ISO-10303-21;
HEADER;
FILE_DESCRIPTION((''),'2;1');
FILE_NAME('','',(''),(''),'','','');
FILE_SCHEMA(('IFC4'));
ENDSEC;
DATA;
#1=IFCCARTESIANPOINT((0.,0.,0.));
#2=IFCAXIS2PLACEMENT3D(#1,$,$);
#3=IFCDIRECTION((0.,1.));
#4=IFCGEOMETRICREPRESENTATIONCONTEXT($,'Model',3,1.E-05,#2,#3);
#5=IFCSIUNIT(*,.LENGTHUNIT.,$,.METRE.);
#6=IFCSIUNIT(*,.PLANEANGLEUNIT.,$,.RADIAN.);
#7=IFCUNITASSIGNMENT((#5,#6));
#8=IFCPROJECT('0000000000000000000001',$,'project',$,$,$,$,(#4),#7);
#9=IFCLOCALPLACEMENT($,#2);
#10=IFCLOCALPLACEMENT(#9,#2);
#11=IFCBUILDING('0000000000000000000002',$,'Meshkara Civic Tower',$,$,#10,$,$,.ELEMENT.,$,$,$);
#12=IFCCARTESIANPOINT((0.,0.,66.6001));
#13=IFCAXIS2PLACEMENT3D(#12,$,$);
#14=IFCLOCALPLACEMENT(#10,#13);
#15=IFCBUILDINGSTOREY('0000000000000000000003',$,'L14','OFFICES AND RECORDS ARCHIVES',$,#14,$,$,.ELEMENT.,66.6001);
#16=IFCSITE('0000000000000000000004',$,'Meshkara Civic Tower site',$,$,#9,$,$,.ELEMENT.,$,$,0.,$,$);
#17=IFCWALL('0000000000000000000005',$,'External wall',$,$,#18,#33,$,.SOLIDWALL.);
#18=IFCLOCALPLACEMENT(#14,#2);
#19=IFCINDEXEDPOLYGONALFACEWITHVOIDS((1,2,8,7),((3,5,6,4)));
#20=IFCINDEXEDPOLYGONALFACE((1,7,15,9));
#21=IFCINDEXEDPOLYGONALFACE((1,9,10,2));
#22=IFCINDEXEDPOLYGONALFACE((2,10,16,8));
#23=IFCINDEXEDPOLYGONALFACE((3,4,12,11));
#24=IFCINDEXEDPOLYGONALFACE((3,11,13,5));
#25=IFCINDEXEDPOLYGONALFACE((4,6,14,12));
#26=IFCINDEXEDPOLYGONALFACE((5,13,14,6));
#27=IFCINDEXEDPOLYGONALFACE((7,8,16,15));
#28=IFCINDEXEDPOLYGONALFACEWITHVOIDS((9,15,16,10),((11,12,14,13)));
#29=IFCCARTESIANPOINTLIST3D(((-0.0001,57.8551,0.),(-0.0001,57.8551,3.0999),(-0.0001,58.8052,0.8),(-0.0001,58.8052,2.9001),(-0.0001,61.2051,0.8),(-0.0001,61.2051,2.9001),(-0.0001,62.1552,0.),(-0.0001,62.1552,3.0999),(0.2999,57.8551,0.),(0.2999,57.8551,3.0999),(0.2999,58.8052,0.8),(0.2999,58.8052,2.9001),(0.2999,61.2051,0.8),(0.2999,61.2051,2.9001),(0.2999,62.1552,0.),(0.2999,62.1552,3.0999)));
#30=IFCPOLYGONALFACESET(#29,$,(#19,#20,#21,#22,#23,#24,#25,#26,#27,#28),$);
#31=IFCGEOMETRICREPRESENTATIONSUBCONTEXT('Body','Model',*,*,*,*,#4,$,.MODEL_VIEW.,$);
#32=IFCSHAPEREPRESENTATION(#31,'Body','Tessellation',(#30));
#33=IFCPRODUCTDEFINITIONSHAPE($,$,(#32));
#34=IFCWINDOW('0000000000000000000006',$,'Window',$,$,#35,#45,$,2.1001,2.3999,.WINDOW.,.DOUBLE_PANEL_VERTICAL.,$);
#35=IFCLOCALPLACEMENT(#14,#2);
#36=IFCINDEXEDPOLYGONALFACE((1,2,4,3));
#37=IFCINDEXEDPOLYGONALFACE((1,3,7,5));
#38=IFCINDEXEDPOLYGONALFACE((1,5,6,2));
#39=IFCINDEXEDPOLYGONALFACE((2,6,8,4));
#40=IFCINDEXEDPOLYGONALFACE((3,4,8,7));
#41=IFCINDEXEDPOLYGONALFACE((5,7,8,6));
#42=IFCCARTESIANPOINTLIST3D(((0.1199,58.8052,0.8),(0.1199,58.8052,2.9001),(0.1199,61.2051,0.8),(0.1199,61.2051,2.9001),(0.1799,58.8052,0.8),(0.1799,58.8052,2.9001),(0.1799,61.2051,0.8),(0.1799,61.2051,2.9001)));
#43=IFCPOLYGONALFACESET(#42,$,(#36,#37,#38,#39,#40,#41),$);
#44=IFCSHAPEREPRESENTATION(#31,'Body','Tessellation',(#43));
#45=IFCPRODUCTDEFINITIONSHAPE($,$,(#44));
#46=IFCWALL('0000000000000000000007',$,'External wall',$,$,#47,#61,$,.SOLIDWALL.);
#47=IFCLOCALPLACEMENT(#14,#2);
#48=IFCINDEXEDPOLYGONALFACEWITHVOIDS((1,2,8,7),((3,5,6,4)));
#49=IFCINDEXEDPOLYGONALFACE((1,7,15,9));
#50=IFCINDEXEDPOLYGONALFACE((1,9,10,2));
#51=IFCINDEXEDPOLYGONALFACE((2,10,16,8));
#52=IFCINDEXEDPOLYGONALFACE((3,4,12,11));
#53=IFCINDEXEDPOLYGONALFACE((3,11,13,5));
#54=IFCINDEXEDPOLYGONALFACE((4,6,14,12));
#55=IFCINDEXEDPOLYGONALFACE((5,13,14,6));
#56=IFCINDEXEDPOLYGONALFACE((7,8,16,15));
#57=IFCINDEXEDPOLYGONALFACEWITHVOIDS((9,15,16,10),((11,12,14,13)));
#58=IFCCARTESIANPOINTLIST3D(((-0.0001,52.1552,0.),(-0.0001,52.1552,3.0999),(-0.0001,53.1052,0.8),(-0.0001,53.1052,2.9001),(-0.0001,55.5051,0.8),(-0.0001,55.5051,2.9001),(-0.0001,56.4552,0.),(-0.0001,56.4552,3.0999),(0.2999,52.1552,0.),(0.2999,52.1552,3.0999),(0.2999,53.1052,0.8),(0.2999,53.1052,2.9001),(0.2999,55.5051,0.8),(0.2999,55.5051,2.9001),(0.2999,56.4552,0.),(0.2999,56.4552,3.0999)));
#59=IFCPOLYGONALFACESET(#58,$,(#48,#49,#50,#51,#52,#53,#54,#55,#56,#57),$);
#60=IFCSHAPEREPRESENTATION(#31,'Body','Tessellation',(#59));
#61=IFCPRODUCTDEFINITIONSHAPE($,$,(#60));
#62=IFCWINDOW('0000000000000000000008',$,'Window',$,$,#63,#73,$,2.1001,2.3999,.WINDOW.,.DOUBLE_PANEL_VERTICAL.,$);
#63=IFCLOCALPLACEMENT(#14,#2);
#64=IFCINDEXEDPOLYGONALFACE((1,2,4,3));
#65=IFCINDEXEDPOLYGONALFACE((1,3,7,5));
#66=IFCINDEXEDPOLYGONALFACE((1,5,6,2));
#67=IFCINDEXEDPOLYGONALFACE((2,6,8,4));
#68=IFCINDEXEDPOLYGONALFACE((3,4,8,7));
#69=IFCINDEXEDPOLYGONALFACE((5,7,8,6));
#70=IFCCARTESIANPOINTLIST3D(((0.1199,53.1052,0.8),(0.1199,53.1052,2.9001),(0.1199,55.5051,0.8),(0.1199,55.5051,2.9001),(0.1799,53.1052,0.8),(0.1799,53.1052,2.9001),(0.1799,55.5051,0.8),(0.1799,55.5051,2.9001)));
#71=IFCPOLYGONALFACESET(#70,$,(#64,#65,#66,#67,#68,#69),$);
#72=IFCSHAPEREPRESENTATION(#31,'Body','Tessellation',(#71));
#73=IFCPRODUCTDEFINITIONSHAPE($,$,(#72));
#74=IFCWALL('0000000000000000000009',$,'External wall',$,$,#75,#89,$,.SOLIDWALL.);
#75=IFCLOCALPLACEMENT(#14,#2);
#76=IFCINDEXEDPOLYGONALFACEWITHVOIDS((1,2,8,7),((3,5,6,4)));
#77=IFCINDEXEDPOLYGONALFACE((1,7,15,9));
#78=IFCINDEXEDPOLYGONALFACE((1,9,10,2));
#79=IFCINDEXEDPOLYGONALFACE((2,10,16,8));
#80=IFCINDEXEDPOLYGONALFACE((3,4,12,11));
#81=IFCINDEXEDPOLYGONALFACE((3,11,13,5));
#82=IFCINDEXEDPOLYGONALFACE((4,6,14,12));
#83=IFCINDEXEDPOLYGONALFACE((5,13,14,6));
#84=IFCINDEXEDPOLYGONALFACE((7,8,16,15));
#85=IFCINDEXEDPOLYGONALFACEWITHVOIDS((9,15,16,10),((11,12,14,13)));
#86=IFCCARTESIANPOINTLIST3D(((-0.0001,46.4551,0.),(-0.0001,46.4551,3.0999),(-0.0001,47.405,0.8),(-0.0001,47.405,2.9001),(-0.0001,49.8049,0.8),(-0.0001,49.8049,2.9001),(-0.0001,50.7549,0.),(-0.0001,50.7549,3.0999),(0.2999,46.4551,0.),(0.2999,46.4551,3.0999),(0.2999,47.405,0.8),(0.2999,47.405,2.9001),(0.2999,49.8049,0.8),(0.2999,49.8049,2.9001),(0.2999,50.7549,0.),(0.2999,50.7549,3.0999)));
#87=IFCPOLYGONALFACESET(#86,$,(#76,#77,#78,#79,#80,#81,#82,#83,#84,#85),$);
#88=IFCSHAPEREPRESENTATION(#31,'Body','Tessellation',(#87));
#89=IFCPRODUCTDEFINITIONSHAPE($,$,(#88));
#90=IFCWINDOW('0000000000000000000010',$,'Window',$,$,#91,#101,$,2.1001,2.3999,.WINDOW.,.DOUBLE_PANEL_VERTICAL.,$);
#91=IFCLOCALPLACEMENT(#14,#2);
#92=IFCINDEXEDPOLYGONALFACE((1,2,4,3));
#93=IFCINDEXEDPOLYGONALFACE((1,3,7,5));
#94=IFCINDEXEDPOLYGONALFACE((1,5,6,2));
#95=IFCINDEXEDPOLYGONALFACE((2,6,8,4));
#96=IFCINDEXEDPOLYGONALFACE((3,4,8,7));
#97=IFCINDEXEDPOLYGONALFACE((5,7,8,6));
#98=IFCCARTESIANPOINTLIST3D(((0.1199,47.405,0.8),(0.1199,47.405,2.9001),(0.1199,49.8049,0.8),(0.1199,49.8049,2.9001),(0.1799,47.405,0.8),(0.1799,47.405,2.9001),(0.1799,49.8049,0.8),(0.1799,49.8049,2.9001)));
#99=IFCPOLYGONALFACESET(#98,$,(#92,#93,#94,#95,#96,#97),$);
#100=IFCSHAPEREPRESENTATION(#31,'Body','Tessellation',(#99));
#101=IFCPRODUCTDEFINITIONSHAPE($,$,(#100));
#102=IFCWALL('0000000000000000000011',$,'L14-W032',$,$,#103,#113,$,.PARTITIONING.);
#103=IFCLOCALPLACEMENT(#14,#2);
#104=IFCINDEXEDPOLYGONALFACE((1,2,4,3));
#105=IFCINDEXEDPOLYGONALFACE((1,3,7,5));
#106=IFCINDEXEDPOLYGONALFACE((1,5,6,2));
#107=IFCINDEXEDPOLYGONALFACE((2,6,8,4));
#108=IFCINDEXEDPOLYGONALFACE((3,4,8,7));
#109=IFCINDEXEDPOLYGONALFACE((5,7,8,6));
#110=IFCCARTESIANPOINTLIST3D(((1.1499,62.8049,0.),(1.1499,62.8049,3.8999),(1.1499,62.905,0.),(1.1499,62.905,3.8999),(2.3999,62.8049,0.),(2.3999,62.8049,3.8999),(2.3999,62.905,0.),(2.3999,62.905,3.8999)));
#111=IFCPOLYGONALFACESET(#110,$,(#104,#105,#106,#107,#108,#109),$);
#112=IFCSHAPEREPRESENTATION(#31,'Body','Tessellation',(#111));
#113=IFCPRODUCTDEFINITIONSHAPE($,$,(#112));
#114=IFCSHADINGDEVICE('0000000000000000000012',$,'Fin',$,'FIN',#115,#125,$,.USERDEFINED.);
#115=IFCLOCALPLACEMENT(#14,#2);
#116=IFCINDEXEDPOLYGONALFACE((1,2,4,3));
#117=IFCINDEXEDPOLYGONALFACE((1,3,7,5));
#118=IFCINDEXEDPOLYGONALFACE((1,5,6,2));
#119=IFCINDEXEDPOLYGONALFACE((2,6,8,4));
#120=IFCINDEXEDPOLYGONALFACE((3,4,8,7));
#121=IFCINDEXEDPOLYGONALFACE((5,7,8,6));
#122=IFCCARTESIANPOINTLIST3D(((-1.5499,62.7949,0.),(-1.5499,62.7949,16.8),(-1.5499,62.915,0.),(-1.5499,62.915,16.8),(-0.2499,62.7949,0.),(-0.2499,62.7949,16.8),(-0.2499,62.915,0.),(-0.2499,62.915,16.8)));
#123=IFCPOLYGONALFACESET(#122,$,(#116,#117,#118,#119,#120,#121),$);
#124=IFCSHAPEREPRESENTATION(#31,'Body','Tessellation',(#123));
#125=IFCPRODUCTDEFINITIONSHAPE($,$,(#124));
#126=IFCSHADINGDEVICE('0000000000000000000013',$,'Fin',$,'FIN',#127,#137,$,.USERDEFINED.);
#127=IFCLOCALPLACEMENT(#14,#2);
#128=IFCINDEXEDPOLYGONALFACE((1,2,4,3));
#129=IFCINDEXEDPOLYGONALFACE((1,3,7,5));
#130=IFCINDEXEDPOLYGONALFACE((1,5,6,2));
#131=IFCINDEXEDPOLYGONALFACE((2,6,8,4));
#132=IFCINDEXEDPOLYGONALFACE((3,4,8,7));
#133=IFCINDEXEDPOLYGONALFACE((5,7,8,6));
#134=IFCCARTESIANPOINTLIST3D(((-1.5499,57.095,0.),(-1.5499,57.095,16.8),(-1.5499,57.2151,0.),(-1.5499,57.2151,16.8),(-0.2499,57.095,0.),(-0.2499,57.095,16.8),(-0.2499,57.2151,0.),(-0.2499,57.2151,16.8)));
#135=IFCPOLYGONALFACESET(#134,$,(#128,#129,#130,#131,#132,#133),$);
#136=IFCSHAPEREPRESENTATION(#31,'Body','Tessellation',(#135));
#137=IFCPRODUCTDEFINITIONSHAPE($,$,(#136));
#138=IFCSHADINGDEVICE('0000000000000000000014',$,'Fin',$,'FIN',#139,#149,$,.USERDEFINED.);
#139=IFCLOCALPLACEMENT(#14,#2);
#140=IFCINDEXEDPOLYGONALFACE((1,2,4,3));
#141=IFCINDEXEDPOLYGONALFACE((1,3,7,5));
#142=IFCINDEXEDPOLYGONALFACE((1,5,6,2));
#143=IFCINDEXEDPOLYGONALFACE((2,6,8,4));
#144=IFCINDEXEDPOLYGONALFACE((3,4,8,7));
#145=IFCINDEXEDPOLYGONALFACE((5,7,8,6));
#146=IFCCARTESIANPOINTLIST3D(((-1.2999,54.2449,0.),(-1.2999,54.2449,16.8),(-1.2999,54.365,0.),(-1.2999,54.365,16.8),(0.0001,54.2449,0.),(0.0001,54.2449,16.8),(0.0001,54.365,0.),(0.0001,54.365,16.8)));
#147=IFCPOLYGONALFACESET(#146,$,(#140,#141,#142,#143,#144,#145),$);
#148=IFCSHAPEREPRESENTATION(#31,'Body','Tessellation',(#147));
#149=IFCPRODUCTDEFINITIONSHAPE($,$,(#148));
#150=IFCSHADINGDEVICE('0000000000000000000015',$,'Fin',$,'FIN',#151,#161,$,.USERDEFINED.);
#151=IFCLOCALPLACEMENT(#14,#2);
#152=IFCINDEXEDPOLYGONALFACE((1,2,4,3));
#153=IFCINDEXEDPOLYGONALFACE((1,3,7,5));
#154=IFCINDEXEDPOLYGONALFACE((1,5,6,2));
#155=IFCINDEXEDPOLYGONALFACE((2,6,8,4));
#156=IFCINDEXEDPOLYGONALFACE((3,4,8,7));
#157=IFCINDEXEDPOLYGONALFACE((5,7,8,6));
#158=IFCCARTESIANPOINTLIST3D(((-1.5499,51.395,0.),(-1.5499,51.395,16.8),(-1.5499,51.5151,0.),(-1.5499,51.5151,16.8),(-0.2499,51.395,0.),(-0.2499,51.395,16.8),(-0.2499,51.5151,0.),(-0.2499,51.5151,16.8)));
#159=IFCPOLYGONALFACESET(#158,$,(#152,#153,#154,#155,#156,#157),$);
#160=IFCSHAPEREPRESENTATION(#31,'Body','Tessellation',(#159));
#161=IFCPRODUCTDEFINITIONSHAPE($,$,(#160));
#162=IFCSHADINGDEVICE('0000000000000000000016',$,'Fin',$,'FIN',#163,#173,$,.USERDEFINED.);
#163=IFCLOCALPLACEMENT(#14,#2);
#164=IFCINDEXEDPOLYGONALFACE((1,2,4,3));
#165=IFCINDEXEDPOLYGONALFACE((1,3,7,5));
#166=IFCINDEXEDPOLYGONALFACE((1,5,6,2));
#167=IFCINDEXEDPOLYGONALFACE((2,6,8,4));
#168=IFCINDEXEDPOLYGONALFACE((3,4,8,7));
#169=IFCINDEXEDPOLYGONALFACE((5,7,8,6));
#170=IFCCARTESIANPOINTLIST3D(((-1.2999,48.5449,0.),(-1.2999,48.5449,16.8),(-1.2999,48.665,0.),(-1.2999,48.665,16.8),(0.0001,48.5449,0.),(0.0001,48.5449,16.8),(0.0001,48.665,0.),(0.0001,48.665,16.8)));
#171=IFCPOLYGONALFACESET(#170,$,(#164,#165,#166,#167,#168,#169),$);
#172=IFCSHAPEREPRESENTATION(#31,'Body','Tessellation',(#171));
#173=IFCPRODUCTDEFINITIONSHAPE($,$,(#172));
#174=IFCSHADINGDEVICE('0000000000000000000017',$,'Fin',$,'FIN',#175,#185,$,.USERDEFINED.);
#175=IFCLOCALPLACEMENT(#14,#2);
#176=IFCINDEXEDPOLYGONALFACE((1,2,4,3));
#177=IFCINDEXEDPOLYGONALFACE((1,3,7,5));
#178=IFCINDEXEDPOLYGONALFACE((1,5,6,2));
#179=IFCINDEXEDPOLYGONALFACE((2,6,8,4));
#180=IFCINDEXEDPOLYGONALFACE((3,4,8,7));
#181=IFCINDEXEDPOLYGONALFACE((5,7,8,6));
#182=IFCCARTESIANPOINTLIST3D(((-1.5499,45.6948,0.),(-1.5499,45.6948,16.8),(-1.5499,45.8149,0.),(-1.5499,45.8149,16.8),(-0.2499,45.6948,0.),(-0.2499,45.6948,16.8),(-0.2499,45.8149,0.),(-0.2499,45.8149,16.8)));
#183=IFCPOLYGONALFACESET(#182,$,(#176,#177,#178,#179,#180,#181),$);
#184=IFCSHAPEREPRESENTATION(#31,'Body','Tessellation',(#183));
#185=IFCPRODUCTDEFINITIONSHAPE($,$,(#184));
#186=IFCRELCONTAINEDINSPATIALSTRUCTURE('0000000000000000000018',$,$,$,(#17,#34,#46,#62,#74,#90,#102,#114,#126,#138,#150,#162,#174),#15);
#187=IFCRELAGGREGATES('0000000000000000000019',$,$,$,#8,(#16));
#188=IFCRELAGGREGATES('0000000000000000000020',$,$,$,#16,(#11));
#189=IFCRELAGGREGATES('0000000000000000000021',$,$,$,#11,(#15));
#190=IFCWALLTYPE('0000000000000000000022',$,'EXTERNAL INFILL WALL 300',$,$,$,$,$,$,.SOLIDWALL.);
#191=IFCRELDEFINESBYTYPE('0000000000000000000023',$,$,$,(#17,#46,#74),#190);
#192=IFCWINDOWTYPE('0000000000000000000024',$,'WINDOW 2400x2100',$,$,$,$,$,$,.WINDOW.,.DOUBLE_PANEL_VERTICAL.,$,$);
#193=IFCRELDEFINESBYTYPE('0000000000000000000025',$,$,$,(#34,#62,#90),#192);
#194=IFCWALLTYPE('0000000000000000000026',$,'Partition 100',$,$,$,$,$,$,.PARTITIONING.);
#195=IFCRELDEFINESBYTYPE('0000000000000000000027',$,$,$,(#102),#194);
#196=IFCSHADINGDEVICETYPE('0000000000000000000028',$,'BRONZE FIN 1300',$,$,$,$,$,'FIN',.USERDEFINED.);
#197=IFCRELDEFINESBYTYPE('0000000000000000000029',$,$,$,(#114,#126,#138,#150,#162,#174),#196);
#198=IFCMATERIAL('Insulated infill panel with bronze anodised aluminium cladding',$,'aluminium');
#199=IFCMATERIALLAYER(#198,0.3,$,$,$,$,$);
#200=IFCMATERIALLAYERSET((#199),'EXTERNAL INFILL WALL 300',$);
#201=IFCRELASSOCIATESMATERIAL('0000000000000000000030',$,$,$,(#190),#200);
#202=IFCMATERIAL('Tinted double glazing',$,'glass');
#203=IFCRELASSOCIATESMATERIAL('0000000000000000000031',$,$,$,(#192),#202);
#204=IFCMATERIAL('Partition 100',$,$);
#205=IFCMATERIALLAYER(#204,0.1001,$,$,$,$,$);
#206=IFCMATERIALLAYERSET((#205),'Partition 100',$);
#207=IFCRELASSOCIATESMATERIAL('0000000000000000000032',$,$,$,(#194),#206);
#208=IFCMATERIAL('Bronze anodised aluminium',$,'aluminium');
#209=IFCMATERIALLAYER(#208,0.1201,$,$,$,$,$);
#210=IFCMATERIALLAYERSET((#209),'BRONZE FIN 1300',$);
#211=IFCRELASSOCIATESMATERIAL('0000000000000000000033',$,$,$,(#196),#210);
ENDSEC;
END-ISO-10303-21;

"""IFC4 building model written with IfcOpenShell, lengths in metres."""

from ifc_helpers import new_model, si_unit, direction, frame, frame_2d, origin, origin_2d, place, context, subcontext, project, spatial, rectangle, extrude, material, layer, layer_set, type_object, element, fill, save


model = new_model("IFC4")

# Units and contexts
model_context = context("Model", 3, precision=1e-05, world=origin(), true_north=direction((0.0, 1.0)))
body_context = subcontext(model_context, "Body", "Model", "MODEL_VIEW")
ifc_project = project(units=[si_unit("LENGTHUNIT", "METRE"), si_unit("PLANEANGLEUNIT", "RADIAN")], contexts=[model_context])

# Site, building, storey
site_placement = place(None, origin())
site = spatial("IfcSite", under=ifc_project, at=site_placement, Name="Meshkara Civic Tower site", CompositionType="ELEMENT", RefElevation=0.0)
building_placement = place(site_placement, origin())
building = spatial("IfcBuilding", under=site, at=building_placement, Name="Meshkara Civic Tower", CompositionType="ELEMENT")
storey_placement = place(building_placement, frame((0.0, 0.0, 66.6001)))
storey = spatial("IfcBuildingStorey", under=building, at=storey_placement, Name="L14", Description="OFFICES AND RECORDS ARCHIVES", CompositionType="ELEMENT", Elevation=66.6001)

# Walls, openings, windows
ifc_material_1 = material(Name="Insulated infill panel with bronze anodised aluminium cladding", Category="aluminium")
ifc_layer_1 = layer(ifc_material_1, 0.3)
ifc_layer_set_1 = layer_set([ifc_layer_1], Name="EXTERNAL INFILL WALL 300")
wall_type_1 = type_object("IfcWallType", Name="EXTERNAL INFILL WALL 300", PredefinedType="SOLIDWALL", material=ifc_layer_set_1)
wall_1_placement = place(storey_placement, frame((0.1499, 62.155, 0.0), z_axis=(0.0, 0.0, 1.0), x_axis=(0.0, -1.0, 0.0)))
wall_1 = element("IfcWall", 1, at=wall_1_placement, inside=storey, type_object=wall_type_1, Name="External wall", PredefinedType="SOLIDWALL", context=body_context, shape_type="SweptSolid", body=[
    extrude(rectangle(XDim=4.3, YDim=0.3, at=frame_2d((2.1499, 0.0))), origin(), (0.0, 0.0, 1.0), 3.0999),
])
opening_1_placement = place(wall_1_placement, frame((0.95, 0.0, 0.8)))
opening_1 = element("IfcOpeningElement", 2, at=opening_1_placement, cuts=wall_1, PredefinedType="OPENING", context=body_context, shape_type="SweptSolid", body=[
    extrude(rectangle(XDim=2.3999, YDim=2.1001, at=frame_2d((1.2, 1.05))), frame((0.0, 0.1599, 0.0), z_axis=(0.0, -1.0, 0.0), x_axis=(1.0, 0.0, 0.0)), (0.0, 0.0, 1.0), 0.3201),
])
ifc_material_2 = material(Name="Tinted double glazing", Category="glass")
window_type = type_object("IfcWindowType", Name="WINDOW 2400x2100", PartitioningType="DOUBLE_PANEL_VERTICAL", PredefinedType="WINDOW", material=ifc_material_2)
window_1_placement = place(opening_1_placement, origin())
window_1 = element("IfcWindow", 3, at=window_1_placement, inside=storey, type_object=window_type, Name="Window", OverallHeight=2.1001, OverallWidth=2.3999, PartitioningType="DOUBLE_PANEL_VERTICAL", PredefinedType="WINDOW", context=body_context, shape_type="SweptSolid", body=[
    extrude(rectangle(XDim=2.3999, YDim=2.1001, at=frame_2d((1.2, 1.05))), frame((0.0, 0.03, 0.0), z_axis=(0.0, -1.0, 0.0), x_axis=(1.0, 0.0, 0.0)), (0.0, 0.0, 1.0), 0.0601),
])
fill(opening_1, window_1)
wall_2_placement = place(storey_placement, frame((0.1499, 56.4551, 0.0), z_axis=(0.0, 0.0, 1.0), x_axis=(0.0, -1.0, 0.0)))
wall_2 = element("IfcWall", 4, at=wall_2_placement, inside=storey, type_object=wall_type_1, Name="External wall", PredefinedType="SOLIDWALL", context=body_context, shape_type="SweptSolid", body=[
    extrude(rectangle(XDim=4.3, YDim=0.3, at=frame_2d((2.1499, 0.0))), origin(), (0.0, 0.0, 1.0), 3.0999),
])
opening_2_placement = place(wall_2_placement, frame((0.95, 0.0, 0.8)))
opening_2 = element("IfcOpeningElement", 5, at=opening_2_placement, cuts=wall_2, PredefinedType="OPENING", context=body_context, shape_type="SweptSolid", body=[
    extrude(rectangle(XDim=2.3999, YDim=2.1001, at=frame_2d((1.2, 1.05))), frame((0.0, 0.1599, 0.0), z_axis=(0.0, -1.0, 0.0), x_axis=(1.0, 0.0, 0.0)), (0.0, 0.0, 1.0), 0.3201),
])
window_2_placement = place(opening_2_placement, origin())
window_2 = element("IfcWindow", 6, at=window_2_placement, inside=storey, type_object=window_type, Name="Window", OverallHeight=2.1001, OverallWidth=2.3999, PartitioningType="DOUBLE_PANEL_VERTICAL", PredefinedType="WINDOW", context=body_context, shape_type="SweptSolid", body=[
    extrude(rectangle(XDim=2.3999, YDim=2.1001, at=frame_2d((1.2, 1.05))), frame((0.0, 0.03, 0.0), z_axis=(0.0, -1.0, 0.0), x_axis=(1.0, 0.0, 0.0)), (0.0, 0.0, 1.0), 0.0601),
])
fill(opening_2, window_2)
wall_3_placement = place(storey_placement, frame((0.1499, 50.7549, 0.0), z_axis=(0.0, 0.0, 1.0), x_axis=(0.0, -1.0, 0.0)))
wall_3 = element("IfcWall", 7, at=wall_3_placement, inside=storey, type_object=wall_type_1, Name="External wall", PredefinedType="SOLIDWALL", context=body_context, shape_type="SweptSolid", body=[
    extrude(rectangle(XDim=4.2998, YDim=0.3, at=frame_2d((2.1499, 0.0))), origin(), (0.0, 0.0, 1.0), 3.0999),
])
opening_3_placement = place(wall_3_placement, frame((0.95, 0.0, 0.8)))
opening_3 = element("IfcOpeningElement", 8, at=opening_3_placement, cuts=wall_3, PredefinedType="OPENING", context=body_context, shape_type="SweptSolid", body=[
    extrude(rectangle(XDim=2.3999, YDim=2.1001, at=frame_2d((1.2, 1.05))), frame((0.0, 0.1599, 0.0), z_axis=(0.0, -1.0, 0.0), x_axis=(1.0, 0.0, 0.0)), (0.0, 0.0, 1.0), 0.3201),
])
window_3_placement = place(opening_3_placement, origin())
window_3 = element("IfcWindow", 9, at=window_3_placement, inside=storey, type_object=window_type, Name="Window", OverallHeight=2.1001, OverallWidth=2.3999, PartitioningType="DOUBLE_PANEL_VERTICAL", PredefinedType="WINDOW", context=body_context, shape_type="SweptSolid", body=[
    extrude(rectangle(XDim=2.3999, YDim=2.1001, at=frame_2d((1.2, 1.05))), frame((0.0, 0.03, 0.0), z_axis=(0.0, -1.0, 0.0), x_axis=(1.0, 0.0, 0.0)), (0.0, 0.0, 1.0), 0.0601),
])
fill(opening_3, window_3)

# Wall
ifc_material_3 = material(Name="Partition 100")
ifc_layer_2 = layer(ifc_material_3, 0.1001)
ifc_layer_set_2 = layer_set([ifc_layer_2], Name="Partition 100")
wall_type_2 = type_object("IfcWallType", Name="Partition 100", PredefinedType="PARTITIONING", material=ifc_layer_set_2)
wall_4_placement = place(storey_placement, frame((2.3999, 62.855, 0.0), z_axis=(0.0, 0.0, 1.0), x_axis=(-1.0, 0.0, 0.0)))
element("IfcWall", 10, at=wall_4_placement, inside=storey, type_object=wall_type_2, Name="L14-W032", PredefinedType="PARTITIONING", context=body_context, shape_type="SweptSolid", body=[
    extrude(rectangle(XDim=1.25, YDim=0.1001, at=frame_2d((0.625, 0.0))), origin(), (0.0, 0.0, 1.0), 3.8999),
])

# Shading devices
ifc_material_4 = material(Name="Bronze anodised aluminium", Category="aluminium")
ifc_layer_3 = layer(ifc_material_4, 0.1201)
ifc_layer_set_3 = layer_set([ifc_layer_3], Name="BRONZE FIN 1300")
shading_device_type_1 = type_object("IfcShadingDeviceType", Name="BRONZE FIN 1300", ElementType="FIN", PredefinedType="USERDEFINED", material=ifc_layer_set_3)
for number, where, z_axis, x_axis, name in (
    (11, (-0.8999, 62.855, 0.0), (0.0, 0.0, 1.0), (0.0, -1.0, 0.0), "Fin"),
    (12, (-0.8999, 57.155, 0.0), (0.0, 0.0, 1.0), (0.0, -1.0, 0.0), "Fin"),
    (13, (-0.6499, 54.3049, 0.0), (0.0, 0.0, 1.0), (0.0, -1.0, 0.0), "Fin"),
    (14, (-0.8999, 51.4551, 0.0), (0.0, 0.0, 1.0), (0.0, -1.0, 0.0), "Fin"),
    (15, (-0.6499, 48.605, 0.0), (0.0, 0.0, 1.0), (0.0, -1.0, 0.0), "Fin"),
    (16, (-0.8999, 45.7549, 0.0), (0.0, 0.0, 1.0), (0.0, -1.0, 0.0), "Fin"),
):
    element("IfcShadingDevice", number, at=place(storey_placement, frame(where, z_axis=z_axis, x_axis=x_axis)), inside=storey, type_object=shading_device_type_1, Name=name, ObjectType="FIN", PredefinedType="USERDEFINED", context=body_context, shape_type="SweptSolid", body=[
        extrude(rectangle(XDim=0.1201, YDim=1.3, at=origin_2d()), origin(), (0.0, 0.0, 1.0), 16.8),
    ])

save(model, "model.ifc")
